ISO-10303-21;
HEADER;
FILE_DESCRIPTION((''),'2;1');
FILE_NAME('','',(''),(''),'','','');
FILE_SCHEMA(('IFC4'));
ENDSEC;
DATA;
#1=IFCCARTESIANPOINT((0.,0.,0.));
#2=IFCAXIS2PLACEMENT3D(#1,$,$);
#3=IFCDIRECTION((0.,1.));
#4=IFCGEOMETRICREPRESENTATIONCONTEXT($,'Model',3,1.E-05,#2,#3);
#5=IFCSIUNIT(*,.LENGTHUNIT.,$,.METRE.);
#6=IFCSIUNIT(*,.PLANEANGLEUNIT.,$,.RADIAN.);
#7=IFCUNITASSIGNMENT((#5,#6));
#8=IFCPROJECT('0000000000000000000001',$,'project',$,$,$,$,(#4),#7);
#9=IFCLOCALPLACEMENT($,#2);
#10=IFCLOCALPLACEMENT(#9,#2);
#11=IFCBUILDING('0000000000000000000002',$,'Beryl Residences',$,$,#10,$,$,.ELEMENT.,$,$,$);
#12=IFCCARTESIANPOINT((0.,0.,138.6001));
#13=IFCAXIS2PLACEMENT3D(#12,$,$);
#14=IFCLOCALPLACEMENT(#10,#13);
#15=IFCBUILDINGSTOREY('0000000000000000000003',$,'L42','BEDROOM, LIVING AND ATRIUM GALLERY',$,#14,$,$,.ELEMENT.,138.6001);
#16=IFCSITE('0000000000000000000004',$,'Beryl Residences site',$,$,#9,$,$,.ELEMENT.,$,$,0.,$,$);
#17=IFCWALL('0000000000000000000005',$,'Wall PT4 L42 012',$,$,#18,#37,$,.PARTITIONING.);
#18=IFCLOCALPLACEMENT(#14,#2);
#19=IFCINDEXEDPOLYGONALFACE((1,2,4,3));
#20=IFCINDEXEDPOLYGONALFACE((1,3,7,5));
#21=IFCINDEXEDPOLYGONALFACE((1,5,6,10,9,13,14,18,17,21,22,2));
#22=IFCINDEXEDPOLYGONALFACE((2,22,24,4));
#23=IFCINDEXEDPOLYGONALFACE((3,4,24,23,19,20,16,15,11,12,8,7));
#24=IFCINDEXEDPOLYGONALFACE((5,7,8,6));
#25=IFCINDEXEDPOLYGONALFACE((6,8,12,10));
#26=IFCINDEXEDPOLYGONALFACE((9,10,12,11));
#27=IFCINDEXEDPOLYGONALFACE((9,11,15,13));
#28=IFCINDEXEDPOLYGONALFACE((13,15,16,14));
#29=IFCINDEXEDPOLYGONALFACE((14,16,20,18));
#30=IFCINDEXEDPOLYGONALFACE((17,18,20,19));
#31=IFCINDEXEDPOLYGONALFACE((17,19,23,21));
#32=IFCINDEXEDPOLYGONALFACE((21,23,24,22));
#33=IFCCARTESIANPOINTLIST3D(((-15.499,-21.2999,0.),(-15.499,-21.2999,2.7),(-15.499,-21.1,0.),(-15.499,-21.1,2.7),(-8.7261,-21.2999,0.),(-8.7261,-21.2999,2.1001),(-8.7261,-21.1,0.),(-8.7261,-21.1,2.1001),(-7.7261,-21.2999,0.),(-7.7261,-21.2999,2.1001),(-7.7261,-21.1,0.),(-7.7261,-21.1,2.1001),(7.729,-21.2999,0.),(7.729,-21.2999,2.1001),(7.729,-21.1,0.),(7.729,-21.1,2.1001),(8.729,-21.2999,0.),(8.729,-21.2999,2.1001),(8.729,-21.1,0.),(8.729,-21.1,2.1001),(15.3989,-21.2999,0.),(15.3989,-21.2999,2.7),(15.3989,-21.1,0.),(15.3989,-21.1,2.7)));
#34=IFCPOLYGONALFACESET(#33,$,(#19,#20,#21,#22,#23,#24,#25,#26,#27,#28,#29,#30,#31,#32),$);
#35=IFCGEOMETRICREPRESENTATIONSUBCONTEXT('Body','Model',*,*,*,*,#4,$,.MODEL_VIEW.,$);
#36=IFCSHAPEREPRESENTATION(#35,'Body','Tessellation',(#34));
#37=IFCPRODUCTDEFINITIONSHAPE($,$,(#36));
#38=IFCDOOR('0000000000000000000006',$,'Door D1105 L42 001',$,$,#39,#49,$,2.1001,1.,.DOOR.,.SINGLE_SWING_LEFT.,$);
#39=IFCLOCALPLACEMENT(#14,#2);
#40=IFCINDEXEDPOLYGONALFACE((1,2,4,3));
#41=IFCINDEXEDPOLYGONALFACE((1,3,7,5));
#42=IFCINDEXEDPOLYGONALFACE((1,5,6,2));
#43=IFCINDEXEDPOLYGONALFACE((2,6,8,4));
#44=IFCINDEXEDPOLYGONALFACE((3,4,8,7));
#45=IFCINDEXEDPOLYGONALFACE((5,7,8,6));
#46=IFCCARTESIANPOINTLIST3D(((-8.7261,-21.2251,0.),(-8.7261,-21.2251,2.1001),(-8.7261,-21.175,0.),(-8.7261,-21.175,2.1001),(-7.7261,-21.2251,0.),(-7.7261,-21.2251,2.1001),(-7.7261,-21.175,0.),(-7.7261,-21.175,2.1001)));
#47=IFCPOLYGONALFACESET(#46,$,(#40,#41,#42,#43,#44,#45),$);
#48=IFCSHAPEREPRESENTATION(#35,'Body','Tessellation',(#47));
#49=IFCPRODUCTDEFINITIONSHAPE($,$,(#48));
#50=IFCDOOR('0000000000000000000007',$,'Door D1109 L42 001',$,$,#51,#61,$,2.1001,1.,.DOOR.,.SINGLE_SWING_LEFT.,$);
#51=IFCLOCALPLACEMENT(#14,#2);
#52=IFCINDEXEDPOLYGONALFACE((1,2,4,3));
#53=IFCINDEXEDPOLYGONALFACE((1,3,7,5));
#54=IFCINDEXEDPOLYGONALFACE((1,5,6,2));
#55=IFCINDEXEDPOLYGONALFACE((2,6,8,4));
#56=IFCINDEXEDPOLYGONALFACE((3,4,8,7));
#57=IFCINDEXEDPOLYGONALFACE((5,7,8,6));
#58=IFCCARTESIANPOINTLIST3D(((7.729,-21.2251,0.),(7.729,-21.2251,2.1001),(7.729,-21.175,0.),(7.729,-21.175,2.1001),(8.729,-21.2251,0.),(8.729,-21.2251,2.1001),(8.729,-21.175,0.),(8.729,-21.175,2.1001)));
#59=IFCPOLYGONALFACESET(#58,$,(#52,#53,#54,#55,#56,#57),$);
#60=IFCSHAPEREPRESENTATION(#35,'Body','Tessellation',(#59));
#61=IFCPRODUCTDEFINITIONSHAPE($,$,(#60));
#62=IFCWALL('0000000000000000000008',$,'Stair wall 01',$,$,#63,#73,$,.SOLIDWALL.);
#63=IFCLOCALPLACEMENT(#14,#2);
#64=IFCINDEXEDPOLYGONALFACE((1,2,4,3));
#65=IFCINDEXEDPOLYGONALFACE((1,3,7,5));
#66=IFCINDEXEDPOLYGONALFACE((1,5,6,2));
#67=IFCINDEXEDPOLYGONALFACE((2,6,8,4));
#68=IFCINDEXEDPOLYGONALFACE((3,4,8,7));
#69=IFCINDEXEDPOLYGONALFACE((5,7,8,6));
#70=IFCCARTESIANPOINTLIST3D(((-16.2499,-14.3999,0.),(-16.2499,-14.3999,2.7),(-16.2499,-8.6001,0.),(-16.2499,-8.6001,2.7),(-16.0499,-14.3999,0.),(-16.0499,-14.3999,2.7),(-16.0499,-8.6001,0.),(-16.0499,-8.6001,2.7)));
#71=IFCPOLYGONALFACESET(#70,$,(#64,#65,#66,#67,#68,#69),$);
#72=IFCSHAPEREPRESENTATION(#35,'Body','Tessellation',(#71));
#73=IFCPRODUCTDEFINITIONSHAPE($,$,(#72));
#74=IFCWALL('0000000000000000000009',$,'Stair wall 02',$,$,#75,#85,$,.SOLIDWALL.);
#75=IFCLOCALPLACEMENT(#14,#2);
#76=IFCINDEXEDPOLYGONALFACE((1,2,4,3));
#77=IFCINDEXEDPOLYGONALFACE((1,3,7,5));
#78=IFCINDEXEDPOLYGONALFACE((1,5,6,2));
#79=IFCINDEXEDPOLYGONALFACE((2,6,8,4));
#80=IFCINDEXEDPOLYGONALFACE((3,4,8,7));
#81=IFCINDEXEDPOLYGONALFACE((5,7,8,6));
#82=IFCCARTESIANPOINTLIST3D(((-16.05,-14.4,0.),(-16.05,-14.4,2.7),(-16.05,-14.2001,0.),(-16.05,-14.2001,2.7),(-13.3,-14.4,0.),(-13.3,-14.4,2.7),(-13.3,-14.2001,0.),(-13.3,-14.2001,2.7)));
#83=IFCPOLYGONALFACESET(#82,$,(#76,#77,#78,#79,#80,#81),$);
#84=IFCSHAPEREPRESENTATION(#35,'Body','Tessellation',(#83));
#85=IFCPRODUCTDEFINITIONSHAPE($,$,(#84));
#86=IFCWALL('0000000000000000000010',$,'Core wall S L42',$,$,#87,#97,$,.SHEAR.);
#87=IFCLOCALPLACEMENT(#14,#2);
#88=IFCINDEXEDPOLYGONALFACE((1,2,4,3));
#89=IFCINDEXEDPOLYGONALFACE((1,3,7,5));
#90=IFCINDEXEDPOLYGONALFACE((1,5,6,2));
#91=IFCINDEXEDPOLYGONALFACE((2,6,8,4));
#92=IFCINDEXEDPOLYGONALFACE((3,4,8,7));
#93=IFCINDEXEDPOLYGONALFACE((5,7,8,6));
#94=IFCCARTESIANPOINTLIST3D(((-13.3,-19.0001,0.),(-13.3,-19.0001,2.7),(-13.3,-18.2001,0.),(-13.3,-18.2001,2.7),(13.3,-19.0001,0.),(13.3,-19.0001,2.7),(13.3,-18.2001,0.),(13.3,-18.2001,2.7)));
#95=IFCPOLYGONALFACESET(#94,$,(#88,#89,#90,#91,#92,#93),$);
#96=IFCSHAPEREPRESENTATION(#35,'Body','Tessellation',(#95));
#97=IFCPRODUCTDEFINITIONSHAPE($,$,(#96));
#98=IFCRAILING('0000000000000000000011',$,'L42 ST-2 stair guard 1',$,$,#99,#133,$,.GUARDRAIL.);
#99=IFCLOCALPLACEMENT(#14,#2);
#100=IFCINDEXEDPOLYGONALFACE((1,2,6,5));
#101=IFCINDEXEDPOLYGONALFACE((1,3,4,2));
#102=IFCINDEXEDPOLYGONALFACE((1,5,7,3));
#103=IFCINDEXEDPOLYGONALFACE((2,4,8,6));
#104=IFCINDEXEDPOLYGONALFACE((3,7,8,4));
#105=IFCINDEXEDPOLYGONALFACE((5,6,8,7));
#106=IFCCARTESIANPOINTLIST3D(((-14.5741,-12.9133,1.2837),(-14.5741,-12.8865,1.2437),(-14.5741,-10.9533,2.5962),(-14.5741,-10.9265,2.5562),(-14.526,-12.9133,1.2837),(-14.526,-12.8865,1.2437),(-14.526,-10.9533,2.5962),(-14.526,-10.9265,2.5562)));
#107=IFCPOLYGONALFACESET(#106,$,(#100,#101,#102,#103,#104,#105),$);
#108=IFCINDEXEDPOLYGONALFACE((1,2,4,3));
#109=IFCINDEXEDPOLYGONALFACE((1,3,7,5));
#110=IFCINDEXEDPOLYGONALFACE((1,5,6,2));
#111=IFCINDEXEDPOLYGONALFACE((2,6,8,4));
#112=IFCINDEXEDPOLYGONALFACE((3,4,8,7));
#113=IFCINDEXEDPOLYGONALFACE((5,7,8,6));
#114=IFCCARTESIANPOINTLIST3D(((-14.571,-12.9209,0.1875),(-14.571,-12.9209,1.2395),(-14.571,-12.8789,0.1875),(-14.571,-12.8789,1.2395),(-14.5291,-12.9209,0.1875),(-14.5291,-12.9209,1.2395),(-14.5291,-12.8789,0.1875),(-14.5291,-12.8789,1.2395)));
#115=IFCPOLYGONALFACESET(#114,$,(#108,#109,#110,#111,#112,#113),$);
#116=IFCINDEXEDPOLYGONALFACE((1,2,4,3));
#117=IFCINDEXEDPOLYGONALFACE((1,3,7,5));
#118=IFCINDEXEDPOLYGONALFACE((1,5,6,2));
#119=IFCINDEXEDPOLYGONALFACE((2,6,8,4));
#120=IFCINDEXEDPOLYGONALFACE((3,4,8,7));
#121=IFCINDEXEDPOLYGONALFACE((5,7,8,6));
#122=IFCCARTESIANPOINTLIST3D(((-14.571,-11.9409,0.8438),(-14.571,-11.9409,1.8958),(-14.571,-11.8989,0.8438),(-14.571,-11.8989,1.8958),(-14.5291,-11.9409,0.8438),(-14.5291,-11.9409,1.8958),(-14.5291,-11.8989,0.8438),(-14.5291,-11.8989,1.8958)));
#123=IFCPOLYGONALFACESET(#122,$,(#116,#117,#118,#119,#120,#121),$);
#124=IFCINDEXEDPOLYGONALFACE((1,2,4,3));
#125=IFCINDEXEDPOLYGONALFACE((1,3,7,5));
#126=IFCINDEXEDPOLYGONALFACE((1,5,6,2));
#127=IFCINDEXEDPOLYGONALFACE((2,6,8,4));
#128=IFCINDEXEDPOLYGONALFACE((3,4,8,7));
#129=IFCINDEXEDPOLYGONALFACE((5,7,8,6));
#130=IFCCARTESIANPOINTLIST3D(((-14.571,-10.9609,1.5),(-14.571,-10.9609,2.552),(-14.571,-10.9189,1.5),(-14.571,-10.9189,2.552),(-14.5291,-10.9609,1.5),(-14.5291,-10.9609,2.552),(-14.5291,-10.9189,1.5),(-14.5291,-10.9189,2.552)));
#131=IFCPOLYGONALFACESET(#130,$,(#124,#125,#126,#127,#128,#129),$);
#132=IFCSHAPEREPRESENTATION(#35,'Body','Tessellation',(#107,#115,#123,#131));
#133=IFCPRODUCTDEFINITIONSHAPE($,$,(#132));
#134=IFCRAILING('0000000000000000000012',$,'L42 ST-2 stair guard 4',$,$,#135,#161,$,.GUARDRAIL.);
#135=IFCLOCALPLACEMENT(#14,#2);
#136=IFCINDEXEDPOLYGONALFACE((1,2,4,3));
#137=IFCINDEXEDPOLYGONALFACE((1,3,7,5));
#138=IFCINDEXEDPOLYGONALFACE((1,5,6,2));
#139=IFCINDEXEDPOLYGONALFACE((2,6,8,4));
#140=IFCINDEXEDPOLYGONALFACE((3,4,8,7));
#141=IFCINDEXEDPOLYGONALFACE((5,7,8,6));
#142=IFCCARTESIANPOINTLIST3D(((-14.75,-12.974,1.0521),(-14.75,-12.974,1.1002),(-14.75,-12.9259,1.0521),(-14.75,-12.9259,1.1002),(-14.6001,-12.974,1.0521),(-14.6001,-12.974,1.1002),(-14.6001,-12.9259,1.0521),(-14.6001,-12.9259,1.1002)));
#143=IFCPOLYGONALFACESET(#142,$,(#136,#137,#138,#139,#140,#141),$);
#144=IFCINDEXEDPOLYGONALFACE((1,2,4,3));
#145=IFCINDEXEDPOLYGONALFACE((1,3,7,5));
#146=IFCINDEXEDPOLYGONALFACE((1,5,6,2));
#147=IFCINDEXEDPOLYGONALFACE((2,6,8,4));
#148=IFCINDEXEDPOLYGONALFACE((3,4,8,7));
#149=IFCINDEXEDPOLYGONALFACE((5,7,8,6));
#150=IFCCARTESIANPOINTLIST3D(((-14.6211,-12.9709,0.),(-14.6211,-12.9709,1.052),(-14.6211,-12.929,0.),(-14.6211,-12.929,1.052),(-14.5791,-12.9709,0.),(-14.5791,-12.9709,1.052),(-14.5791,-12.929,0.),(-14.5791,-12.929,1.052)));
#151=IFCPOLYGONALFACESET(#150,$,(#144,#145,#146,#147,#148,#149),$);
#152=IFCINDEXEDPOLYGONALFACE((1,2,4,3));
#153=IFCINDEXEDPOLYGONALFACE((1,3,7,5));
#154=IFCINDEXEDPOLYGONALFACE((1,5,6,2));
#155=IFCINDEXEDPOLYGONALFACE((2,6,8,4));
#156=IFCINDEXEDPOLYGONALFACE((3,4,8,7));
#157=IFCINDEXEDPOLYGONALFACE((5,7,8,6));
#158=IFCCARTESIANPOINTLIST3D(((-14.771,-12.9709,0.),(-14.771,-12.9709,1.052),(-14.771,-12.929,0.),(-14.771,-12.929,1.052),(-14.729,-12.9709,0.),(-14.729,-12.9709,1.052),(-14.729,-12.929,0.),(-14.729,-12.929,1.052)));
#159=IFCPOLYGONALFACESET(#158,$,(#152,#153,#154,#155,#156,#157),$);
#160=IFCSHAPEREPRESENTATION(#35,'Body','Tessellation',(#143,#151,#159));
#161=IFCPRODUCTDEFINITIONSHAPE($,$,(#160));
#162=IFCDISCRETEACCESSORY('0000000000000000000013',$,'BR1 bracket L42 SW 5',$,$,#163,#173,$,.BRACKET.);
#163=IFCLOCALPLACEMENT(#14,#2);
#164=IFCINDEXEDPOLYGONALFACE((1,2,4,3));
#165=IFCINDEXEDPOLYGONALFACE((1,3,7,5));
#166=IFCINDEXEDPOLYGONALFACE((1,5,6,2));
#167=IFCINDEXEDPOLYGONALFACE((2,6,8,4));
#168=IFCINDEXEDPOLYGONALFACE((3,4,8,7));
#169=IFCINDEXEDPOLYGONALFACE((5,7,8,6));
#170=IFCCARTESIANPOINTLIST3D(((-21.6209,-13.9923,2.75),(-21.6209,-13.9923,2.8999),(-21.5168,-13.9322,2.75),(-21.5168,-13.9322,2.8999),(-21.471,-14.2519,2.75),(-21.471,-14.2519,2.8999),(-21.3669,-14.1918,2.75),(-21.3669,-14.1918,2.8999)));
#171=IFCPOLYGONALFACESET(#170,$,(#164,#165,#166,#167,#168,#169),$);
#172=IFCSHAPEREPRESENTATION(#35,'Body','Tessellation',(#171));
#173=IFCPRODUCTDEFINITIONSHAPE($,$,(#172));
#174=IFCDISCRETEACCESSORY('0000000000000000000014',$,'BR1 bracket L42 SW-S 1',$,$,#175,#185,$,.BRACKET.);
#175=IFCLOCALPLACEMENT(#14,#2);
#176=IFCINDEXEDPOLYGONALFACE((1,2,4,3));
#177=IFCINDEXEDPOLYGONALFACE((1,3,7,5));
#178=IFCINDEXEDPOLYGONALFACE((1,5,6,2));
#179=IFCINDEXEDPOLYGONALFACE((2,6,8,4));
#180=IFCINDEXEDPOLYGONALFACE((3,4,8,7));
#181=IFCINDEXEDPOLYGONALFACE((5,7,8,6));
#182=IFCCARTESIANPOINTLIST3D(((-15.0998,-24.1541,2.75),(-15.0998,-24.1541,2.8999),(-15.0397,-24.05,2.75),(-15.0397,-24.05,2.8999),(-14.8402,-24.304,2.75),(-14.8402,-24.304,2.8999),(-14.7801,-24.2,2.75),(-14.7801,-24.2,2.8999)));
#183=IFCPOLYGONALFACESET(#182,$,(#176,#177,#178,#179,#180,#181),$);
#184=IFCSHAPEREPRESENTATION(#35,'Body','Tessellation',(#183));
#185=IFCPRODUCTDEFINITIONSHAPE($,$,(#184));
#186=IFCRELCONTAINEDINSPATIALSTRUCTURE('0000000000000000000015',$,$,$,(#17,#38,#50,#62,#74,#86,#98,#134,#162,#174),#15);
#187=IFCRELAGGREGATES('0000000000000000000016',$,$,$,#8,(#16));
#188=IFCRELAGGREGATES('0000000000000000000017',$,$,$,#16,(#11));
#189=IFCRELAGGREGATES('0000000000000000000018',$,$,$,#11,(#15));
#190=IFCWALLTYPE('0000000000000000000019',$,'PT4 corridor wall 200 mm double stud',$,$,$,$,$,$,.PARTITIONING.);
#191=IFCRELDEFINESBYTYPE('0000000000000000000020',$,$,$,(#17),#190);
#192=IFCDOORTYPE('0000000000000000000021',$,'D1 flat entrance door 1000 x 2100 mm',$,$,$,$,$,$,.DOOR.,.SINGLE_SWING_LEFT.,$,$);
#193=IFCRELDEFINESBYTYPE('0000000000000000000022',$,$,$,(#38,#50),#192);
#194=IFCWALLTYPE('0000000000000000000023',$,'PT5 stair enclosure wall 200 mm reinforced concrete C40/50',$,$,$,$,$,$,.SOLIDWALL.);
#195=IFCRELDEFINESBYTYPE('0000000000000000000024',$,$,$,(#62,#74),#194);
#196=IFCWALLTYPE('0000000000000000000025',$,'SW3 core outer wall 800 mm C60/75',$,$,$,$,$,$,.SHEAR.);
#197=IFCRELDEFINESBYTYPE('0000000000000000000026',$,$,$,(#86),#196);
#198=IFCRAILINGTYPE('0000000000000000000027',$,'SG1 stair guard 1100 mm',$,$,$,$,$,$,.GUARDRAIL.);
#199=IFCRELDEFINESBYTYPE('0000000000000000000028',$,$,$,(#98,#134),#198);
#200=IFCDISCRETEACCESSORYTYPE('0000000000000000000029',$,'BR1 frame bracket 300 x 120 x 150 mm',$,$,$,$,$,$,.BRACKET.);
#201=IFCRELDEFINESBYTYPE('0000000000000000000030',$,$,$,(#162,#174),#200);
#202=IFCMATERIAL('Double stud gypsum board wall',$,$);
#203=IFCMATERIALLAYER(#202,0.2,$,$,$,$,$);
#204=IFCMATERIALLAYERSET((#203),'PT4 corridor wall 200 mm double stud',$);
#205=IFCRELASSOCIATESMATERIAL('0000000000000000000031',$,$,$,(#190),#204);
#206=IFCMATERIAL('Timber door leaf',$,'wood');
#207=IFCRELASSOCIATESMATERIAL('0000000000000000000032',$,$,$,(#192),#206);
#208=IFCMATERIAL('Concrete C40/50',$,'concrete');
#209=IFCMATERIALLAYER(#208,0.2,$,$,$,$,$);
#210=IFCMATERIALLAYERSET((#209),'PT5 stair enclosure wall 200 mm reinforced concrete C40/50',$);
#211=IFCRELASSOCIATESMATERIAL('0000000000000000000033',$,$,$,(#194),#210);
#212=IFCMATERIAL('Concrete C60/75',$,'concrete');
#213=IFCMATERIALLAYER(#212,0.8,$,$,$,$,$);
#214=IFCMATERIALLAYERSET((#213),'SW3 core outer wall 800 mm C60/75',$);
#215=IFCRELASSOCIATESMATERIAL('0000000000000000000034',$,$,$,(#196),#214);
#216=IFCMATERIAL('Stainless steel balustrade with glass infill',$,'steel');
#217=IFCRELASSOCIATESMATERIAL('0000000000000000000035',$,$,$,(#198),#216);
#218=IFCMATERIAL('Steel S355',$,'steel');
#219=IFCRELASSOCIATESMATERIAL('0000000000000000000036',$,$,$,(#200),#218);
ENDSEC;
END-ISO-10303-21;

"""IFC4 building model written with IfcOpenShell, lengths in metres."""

from ifc_helpers import new_model, si_unit, direction, frame, frame_2d, origin, origin_2d, place, context, subcontext, project, spatial, polyline, rectangle, outline, extrude, source, transform, mapped, material, layer, layer_set, type_object, type_shapes, element, fill, save


model = new_model("IFC4")

# Units and contexts
model_context = context("Model", 3, precision=1e-05, world=origin(), true_north=direction((0.0, 1.0)))
body_context = subcontext(model_context, "Body", "Model", "MODEL_VIEW")
ifc_project = project(units=[si_unit("LENGTHUNIT", "METRE"), si_unit("PLANEANGLEUNIT", "RADIAN")], contexts=[model_context])

# Site, building, storey
site_placement = place(None, origin())
site = spatial("IfcSite", under=ifc_project, at=site_placement, Name="Beryl Residences site", CompositionType="ELEMENT", RefElevation=0.0)
building_placement = place(site_placement, origin())
building = spatial("IfcBuilding", under=site, at=building_placement, Name="Beryl Residences", CompositionType="ELEMENT")
storey_placement = place(building_placement, frame((0.0, 0.0, 138.6001)))
storey = spatial("IfcBuildingStorey", under=building, at=storey_placement, Name="L42", Description="BEDROOM, LIVING AND ATRIUM GALLERY", CompositionType="ELEMENT", Elevation=138.6001)

# Shared definitions
ifc_material_1 = material(Name="Double stud gypsum board wall")
ifc_layer_1 = layer(ifc_material_1, 0.2)
ifc_layer_set_1 = layer_set([ifc_layer_1], Name="PT4 corridor wall 200 mm double stud")
wall_type_1 = type_object("IfcWallType", Name="PT4 corridor wall 200 mm double stud", PredefinedType="PARTITIONING", material=ifc_layer_set_1)

# Wall, openings, doors
wall_1_placement = place(storey_placement, frame((-15.499, -21.2, 0.0), z_axis=(0.0, 0.0, 1.0), x_axis=(1.0, 0.0, 0.0)))
wall_1 = element("IfcWall", 1, at=wall_1_placement, inside=storey, type_object=wall_type_1, Name="Wall PT4 L42 012", PredefinedType="PARTITIONING", context=body_context, shape_type="SweptSolid", body=[
    extrude(rectangle(XDim=30.8979, YDim=0.2, at=frame_2d((15.449, 0.0))), origin(), (0.0, 0.0, 1.0), 2.7),
])
opening_1_placement = place(wall_1_placement, frame((6.7729, 0.0, 0.0)))
opening_1 = element("IfcOpeningElement", 2, at=opening_1_placement, cuts=wall_1, PredefinedType="OPENING", context=body_context, shape_type="SweptSolid", body=[
    extrude(rectangle(XDim=1.0, YDim=2.1001, at=frame_2d((0.5, 1.05))), frame((0.0, 0.1099, 0.0), z_axis=(0.0, -1.0, 0.0), x_axis=(1.0, 0.0, 0.0)), (0.0, 0.0, 1.0), 0.22),
])
opening_2_placement = place(wall_1_placement, frame((23.228, 0.0, 0.0)))
opening_2 = element("IfcOpeningElement", 3, at=opening_2_placement, cuts=wall_1, PredefinedType="OPENING", context=body_context, shape_type="SweptSolid", body=[
    extrude(rectangle(XDim=1.0, YDim=2.1001, at=frame_2d((0.5, 1.05))), frame((0.0, 0.1099, 0.0), z_axis=(0.0, -1.0, 0.0), x_axis=(1.0, 0.0, 0.0)), (0.0, 0.0, 1.0), 0.22),
])
ifc_material_2 = material(Name="Timber door leaf", Category="wood")
door_type = type_object("IfcDoorType", Name="D1 flat entrance door 1000 x 2100 mm", OperationType="SINGLE_SWING_LEFT", PredefinedType="DOOR", material=ifc_material_2)
door_1_placement = place(opening_1_placement, origin())
door_1 = element("IfcDoor", 4, at=door_1_placement, inside=storey, type_object=door_type, Name="Door D1105 L42 001", OperationType="SINGLE_SWING_LEFT", OverallHeight=2.1001, OverallWidth=1.0, PredefinedType="DOOR", context=body_context, shape_type="SweptSolid", body=[
    extrude(rectangle(XDim=1.0, YDim=2.1001, at=frame_2d((0.5, 1.05))), frame((0.0, 0.0249, 0.0), z_axis=(0.0, -1.0, 0.0), x_axis=(1.0, 0.0, 0.0)), (0.0, 0.0, 1.0), 0.05),
])
fill(opening_1, door_1)
door_2_placement = place(opening_2_placement, origin())
door_2 = element("IfcDoor", 5, at=door_2_placement, inside=storey, type_object=door_type, Name="Door D1109 L42 001", OperationType="SINGLE_SWING_LEFT", OverallHeight=2.1001, OverallWidth=1.0, PredefinedType="DOOR", context=body_context, shape_type="SweptSolid", body=[
    extrude(rectangle(XDim=1.0, YDim=2.1001, at=frame_2d((0.5, 1.05))), frame((0.0, 0.0249, 0.0), z_axis=(0.0, -1.0, 0.0), x_axis=(1.0, 0.0, 0.0)), (0.0, 0.0, 1.0), 0.05),
])
fill(opening_2, door_2)

# Walls
ifc_material_3 = material(Name="Concrete C40/50", Category="concrete")
ifc_layer_2 = layer(ifc_material_3, 0.2)
ifc_layer_set_2 = layer_set([ifc_layer_2], Name="PT5 stair enclosure wall 200 mm reinforced concrete C40/50")
wall_type_2 = type_object("IfcWallType", Name="PT5 stair enclosure wall 200 mm reinforced concrete C40/50", PredefinedType="SOLIDWALL", material=ifc_layer_set_2)
wall_2_placement = place(storey_placement, frame((-16.1499, -14.3999, 0.0), z_axis=(0.0, 0.0, 1.0), x_axis=(0.0, 1.0, 0.0)))
element("IfcWall", 6, at=wall_2_placement, inside=storey, type_object=wall_type_2, Name="Stair wall 01", PredefinedType="SOLIDWALL", context=body_context, shape_type="SweptSolid", body=[
    extrude(rectangle(XDim=5.7998, YDim=0.2, at=frame_2d((2.8999, 0.0))), origin(), (0.0, 0.0, 1.0), 2.7),
])
wall_3_placement = place(storey_placement, frame((-16.05, -14.3, 0.0), z_axis=(0.0, 0.0, 1.0), x_axis=(1.0, 0.0, 0.0)))
element("IfcWall", 7, at=wall_3_placement, inside=storey, type_object=wall_type_2, Name="Stair wall 02", PredefinedType="SOLIDWALL", context=body_context, shape_type="SweptSolid", body=[
    extrude(rectangle(XDim=2.75, YDim=0.2, at=frame_2d((1.375, 0.0))), origin(), (0.0, 0.0, 1.0), 2.7),
])
ifc_material_4 = material(Name="Concrete C60/75", Category="concrete")
ifc_layer_3 = layer(ifc_material_4, 0.8)
ifc_layer_set_3 = layer_set([ifc_layer_3], Name="SW3 core outer wall 800 mm C60/75")
wall_type_3 = type_object("IfcWallType", Name="SW3 core outer wall 800 mm C60/75", PredefinedType="SHEAR", material=ifc_layer_set_3)
wall_4_placement = place(storey_placement, frame((-13.3, -18.6001, 0.0), z_axis=(0.0, 0.0, 1.0), x_axis=(1.0, 0.0, 0.0)))
element("IfcWall", 8, at=wall_4_placement, inside=storey, type_object=wall_type_3, Name="Core wall S L42", PredefinedType="SHEAR", context=body_context, shape_type="SweptSolid", body=[
    extrude(rectangle(XDim=26.6001, YDim=0.8, at=frame_2d((13.3, 0.0))), origin(), (0.0, 0.0, 1.0), 2.7),
])

# Railings
ifc_material_5 = material(Name="Stainless steel balustrade with glass infill", Category="steel")
railing_type = type_object("IfcRailingType", Name="SG1 stair guard 1100 mm", PredefinedType="GUARDRAIL", material=ifc_material_5)
railing_1_placement = place(storey_placement, frame((-14.55, -12.8999, 0.1875)))
element("IfcRailing", 9, at=railing_1_placement, inside=storey, type_object=railing_type, Name="L42 ST-2 stair guard 1", PredefinedType="GUARDRAIL", context=body_context, shape_type="SweptSolid", body=[
    extrude(rectangle(XDim=0.0481, YDim=0.0481, at=origin_2d()), frame((0.0, 0.0, 1.0762), z_axis=(0.0, 0.830902, 0.556419), x_axis=(-1.0, 0.0, 0.0)), (0.0, 0.0, 1.0), 2.3589),
    extrude(rectangle(XDim=0.042, YDim=0.042, at=origin_2d()), origin(), (0.0, 0.0, 1.0), 1.052),
    extrude(rectangle(XDim=0.042, YDim=0.042, at=origin_2d()), frame((0.0, 0.98, 0.6562)), (0.0, 0.0, 1.0), 1.052),
    extrude(rectangle(XDim=0.042, YDim=0.042, at=origin_2d()), frame((0.0, 1.96, 1.3125)), (0.0, 0.0, 1.0), 1.052),
])
railing_2_placement = place(storey_placement, frame((-14.6001, -12.95, 0.0)))
element("IfcRailing", 10, at=railing_2_placement, inside=storey, type_object=railing_type, Name="L42 ST-2 stair guard 4", PredefinedType="GUARDRAIL", context=body_context, shape_type="SweptSolid", body=[
    extrude(rectangle(XDim=0.0481, YDim=0.0481, at=origin_2d()), frame((0.0, 0.0, 1.0762), z_axis=(-1.0, 0.0, 0.0), x_axis=(0.0, -1.0, 0.0)), (0.0, 0.0, 1.0), 0.1499),
    extrude(rectangle(XDim=0.042, YDim=0.042, at=origin_2d()), origin(), (0.0, 0.0, 1.0), 1.052),
    extrude(rectangle(XDim=0.042, YDim=0.042, at=origin_2d()), frame((-0.1499, 0.0, 0.0)), (0.0, 0.0, 1.0), 1.052),
])

# Discrete accessories
ifc_material_6 = material(Name="Steel S355", Category="steel")
discrete_accessory_type = type_object("IfcDiscreteAccessoryType", Name="BR1 frame bracket 300 x 120 x 150 mm", PredefinedType="BRACKET", material=ifc_material_6)
shared_shape_1 = source(origin(), body_context, "Body", "SweptSolid", [
    extrude(outline(polyline([(-0.1499, 0.0), (0.1499, 0.0), (0.1499, 0.1201), (-0.1499, 0.1201), (-0.1499, 0.0)])), origin(), (0.0, 0.0, 1.0), 0.1499),
])
type_shapes(discrete_accessory_type, [shared_shape_1])
for number, where, z_axis, x_axis, name in (
    (11, (-21.4419, -14.062, 2.75), (0.0, 0.0, 1.0), (-0.5, 0.866025, 0.0), "BR1 bracket L42 SW 5"),
    (12, (-14.9099, -24.125, 2.75), (0.0, 0.0, 1.0), (-0.866025, 0.5, 0.0), "BR1 bracket L42 SW-S 1"),
):
    element("IfcDiscreteAccessory", number, at=place(storey_placement, frame(where, z_axis=z_axis, x_axis=x_axis)), inside=storey, type_object=discrete_accessory_type, Name=name, PredefinedType="BRACKET", context=body_context, shape_type="MappedRepresentation", body=[
        mapped(shared_shape_1, transform((0.0, 0.0, 0.0))),
    ])

save(model, "model.ifc")
